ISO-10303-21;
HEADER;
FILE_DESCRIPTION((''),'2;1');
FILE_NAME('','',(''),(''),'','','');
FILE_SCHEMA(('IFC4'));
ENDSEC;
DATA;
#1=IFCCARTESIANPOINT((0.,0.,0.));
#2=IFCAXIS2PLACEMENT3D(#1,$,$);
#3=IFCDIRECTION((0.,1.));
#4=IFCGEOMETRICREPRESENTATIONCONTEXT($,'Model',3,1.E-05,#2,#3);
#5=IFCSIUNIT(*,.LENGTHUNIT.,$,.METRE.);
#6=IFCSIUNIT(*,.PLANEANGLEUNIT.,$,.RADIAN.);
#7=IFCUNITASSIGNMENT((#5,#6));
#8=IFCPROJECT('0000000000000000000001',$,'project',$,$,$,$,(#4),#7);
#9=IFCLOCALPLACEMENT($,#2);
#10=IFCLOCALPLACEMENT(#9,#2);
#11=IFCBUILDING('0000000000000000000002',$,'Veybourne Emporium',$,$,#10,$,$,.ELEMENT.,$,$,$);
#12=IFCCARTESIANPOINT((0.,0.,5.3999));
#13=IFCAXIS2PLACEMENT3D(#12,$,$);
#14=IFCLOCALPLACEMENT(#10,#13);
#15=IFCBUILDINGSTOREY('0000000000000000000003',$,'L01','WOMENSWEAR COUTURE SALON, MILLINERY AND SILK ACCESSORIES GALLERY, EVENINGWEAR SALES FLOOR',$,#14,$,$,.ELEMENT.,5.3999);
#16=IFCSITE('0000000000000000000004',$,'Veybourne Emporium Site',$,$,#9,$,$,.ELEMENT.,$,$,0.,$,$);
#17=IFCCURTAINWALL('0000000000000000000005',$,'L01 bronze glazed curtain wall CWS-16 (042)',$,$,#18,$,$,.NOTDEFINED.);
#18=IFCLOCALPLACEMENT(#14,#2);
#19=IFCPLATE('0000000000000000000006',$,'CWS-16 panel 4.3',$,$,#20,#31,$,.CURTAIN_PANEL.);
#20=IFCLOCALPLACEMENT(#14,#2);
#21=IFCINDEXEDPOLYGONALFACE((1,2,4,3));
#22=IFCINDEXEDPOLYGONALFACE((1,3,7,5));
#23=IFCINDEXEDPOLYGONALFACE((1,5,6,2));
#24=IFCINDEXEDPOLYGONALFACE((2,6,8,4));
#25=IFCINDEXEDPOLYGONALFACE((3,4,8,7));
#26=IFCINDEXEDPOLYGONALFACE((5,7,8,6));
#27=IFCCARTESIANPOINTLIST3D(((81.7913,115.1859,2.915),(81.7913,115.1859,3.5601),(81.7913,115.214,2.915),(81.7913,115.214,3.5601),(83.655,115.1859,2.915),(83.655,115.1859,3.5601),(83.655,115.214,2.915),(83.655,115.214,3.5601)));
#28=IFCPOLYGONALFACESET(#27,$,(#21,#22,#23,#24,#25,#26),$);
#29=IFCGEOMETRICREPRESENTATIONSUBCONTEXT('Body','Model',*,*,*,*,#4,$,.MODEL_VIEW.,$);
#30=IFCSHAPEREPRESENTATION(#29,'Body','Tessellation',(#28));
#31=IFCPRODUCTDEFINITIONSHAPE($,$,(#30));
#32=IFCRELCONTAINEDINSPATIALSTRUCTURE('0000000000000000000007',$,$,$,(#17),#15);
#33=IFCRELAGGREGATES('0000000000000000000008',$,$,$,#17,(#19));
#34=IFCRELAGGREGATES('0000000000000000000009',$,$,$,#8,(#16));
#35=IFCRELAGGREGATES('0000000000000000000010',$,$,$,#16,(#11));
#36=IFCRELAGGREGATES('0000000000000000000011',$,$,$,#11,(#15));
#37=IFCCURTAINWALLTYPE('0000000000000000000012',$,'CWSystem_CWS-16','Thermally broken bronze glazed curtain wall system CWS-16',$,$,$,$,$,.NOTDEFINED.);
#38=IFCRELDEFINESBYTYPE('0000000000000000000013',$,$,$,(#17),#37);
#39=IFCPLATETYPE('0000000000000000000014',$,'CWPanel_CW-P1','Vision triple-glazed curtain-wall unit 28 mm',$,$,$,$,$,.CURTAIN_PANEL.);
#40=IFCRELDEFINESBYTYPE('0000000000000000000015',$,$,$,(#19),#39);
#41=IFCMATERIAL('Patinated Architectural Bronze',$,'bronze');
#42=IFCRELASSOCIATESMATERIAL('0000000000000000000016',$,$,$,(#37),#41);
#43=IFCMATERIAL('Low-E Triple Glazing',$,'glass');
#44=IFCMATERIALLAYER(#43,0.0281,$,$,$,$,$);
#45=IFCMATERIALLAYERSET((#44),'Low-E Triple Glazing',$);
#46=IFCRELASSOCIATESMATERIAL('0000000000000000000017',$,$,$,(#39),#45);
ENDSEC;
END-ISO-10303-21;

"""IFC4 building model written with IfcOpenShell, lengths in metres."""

from ifc_helpers import new_model, si_unit, direction, frame, origin, origin_2d, place, context, subcontext, project, spatial, rectangle, extrude, material, layer, layer_set, type_object, element, aggregate, save


model = new_model("IFC4")

# Units and contexts
model_context = context("Model", 3, precision=1e-05, world=origin(), true_north=direction((0.0, 1.0)))
body_context = subcontext(model_context, "Body", "Model", "MODEL_VIEW")
ifc_project = project(units=[si_unit("LENGTHUNIT", "METRE"), si_unit("PLANEANGLEUNIT", "RADIAN")], contexts=[model_context])

# Site, building, storey
site_placement = place(None, origin())
site = spatial("IfcSite", under=ifc_project, at=site_placement, Name="Veybourne Emporium Site", CompositionType="ELEMENT", RefElevation=0.0)
building_placement = place(site_placement, origin())
building = spatial("IfcBuilding", under=site, at=building_placement, Name="Veybourne Emporium", CompositionType="ELEMENT")
storey_placement = place(building_placement, frame((0.0, 0.0, 5.3999)))
storey = spatial("IfcBuildingStorey", under=building, at=storey_placement, Name="L01", Description="WOMENSWEAR COUTURE SALON, MILLINERY AND SILK ACCESSORIES GALLERY, EVENINGWEAR SALES FLOOR", CompositionType="ELEMENT", Elevation=5.3999)

# Curtain wall
ifc_material_1 = material(Name="Patinated Architectural Bronze", Category="bronze")
curtain_wall_type = type_object("IfcCurtainWallType", Name="CWSystem_CWS-16", Description="Thermally broken bronze glazed curtain wall system CWS-16", PredefinedType="NOTDEFINED", material=ifc_material_1)
curtain_wall_placement = place(storey_placement, origin())
curtain_wall = element("IfcCurtainWall", 1, at=curtain_wall_placement, inside=storey, type_object=curtain_wall_type, Name="L01 bronze glazed curtain wall CWS-16 (042)", PredefinedType="NOTDEFINED")

# Plate
ifc_material_2 = material(Name="Low-E Triple Glazing", Category="glass")
ifc_layer = layer(ifc_material_2, 0.0281)
ifc_layer_set = layer_set([ifc_layer], Name="Low-E Triple Glazing")
plate_type = type_object("IfcPlateType", Name="CWPanel_CW-P1", Description="Vision triple-glazed curtain-wall unit 28 mm", PredefinedType="CURTAIN_PANEL", material=ifc_layer_set)
plate_1_placement = place(storey_placement, frame((82.7231, 115.2, 2.915), z_axis=(0.0, 0.0, 1.0), x_axis=(1.0, 0.0, 0.0)))
plate_1 = element("IfcPlate", 2, at=plate_1_placement, type_object=plate_type, Name="CWS-16 panel 4.3", PredefinedType="CURTAIN_PANEL", context=body_context, shape_type="SweptSolid", body=[
    extrude(rectangle(XDim=1.8638, YDim=0.0281, at=origin_2d()), origin(), (0.0, 0.0, 1.0), 0.645),
])
aggregate(curtain_wall, [plate_1])

save(model, "model.ifc")
